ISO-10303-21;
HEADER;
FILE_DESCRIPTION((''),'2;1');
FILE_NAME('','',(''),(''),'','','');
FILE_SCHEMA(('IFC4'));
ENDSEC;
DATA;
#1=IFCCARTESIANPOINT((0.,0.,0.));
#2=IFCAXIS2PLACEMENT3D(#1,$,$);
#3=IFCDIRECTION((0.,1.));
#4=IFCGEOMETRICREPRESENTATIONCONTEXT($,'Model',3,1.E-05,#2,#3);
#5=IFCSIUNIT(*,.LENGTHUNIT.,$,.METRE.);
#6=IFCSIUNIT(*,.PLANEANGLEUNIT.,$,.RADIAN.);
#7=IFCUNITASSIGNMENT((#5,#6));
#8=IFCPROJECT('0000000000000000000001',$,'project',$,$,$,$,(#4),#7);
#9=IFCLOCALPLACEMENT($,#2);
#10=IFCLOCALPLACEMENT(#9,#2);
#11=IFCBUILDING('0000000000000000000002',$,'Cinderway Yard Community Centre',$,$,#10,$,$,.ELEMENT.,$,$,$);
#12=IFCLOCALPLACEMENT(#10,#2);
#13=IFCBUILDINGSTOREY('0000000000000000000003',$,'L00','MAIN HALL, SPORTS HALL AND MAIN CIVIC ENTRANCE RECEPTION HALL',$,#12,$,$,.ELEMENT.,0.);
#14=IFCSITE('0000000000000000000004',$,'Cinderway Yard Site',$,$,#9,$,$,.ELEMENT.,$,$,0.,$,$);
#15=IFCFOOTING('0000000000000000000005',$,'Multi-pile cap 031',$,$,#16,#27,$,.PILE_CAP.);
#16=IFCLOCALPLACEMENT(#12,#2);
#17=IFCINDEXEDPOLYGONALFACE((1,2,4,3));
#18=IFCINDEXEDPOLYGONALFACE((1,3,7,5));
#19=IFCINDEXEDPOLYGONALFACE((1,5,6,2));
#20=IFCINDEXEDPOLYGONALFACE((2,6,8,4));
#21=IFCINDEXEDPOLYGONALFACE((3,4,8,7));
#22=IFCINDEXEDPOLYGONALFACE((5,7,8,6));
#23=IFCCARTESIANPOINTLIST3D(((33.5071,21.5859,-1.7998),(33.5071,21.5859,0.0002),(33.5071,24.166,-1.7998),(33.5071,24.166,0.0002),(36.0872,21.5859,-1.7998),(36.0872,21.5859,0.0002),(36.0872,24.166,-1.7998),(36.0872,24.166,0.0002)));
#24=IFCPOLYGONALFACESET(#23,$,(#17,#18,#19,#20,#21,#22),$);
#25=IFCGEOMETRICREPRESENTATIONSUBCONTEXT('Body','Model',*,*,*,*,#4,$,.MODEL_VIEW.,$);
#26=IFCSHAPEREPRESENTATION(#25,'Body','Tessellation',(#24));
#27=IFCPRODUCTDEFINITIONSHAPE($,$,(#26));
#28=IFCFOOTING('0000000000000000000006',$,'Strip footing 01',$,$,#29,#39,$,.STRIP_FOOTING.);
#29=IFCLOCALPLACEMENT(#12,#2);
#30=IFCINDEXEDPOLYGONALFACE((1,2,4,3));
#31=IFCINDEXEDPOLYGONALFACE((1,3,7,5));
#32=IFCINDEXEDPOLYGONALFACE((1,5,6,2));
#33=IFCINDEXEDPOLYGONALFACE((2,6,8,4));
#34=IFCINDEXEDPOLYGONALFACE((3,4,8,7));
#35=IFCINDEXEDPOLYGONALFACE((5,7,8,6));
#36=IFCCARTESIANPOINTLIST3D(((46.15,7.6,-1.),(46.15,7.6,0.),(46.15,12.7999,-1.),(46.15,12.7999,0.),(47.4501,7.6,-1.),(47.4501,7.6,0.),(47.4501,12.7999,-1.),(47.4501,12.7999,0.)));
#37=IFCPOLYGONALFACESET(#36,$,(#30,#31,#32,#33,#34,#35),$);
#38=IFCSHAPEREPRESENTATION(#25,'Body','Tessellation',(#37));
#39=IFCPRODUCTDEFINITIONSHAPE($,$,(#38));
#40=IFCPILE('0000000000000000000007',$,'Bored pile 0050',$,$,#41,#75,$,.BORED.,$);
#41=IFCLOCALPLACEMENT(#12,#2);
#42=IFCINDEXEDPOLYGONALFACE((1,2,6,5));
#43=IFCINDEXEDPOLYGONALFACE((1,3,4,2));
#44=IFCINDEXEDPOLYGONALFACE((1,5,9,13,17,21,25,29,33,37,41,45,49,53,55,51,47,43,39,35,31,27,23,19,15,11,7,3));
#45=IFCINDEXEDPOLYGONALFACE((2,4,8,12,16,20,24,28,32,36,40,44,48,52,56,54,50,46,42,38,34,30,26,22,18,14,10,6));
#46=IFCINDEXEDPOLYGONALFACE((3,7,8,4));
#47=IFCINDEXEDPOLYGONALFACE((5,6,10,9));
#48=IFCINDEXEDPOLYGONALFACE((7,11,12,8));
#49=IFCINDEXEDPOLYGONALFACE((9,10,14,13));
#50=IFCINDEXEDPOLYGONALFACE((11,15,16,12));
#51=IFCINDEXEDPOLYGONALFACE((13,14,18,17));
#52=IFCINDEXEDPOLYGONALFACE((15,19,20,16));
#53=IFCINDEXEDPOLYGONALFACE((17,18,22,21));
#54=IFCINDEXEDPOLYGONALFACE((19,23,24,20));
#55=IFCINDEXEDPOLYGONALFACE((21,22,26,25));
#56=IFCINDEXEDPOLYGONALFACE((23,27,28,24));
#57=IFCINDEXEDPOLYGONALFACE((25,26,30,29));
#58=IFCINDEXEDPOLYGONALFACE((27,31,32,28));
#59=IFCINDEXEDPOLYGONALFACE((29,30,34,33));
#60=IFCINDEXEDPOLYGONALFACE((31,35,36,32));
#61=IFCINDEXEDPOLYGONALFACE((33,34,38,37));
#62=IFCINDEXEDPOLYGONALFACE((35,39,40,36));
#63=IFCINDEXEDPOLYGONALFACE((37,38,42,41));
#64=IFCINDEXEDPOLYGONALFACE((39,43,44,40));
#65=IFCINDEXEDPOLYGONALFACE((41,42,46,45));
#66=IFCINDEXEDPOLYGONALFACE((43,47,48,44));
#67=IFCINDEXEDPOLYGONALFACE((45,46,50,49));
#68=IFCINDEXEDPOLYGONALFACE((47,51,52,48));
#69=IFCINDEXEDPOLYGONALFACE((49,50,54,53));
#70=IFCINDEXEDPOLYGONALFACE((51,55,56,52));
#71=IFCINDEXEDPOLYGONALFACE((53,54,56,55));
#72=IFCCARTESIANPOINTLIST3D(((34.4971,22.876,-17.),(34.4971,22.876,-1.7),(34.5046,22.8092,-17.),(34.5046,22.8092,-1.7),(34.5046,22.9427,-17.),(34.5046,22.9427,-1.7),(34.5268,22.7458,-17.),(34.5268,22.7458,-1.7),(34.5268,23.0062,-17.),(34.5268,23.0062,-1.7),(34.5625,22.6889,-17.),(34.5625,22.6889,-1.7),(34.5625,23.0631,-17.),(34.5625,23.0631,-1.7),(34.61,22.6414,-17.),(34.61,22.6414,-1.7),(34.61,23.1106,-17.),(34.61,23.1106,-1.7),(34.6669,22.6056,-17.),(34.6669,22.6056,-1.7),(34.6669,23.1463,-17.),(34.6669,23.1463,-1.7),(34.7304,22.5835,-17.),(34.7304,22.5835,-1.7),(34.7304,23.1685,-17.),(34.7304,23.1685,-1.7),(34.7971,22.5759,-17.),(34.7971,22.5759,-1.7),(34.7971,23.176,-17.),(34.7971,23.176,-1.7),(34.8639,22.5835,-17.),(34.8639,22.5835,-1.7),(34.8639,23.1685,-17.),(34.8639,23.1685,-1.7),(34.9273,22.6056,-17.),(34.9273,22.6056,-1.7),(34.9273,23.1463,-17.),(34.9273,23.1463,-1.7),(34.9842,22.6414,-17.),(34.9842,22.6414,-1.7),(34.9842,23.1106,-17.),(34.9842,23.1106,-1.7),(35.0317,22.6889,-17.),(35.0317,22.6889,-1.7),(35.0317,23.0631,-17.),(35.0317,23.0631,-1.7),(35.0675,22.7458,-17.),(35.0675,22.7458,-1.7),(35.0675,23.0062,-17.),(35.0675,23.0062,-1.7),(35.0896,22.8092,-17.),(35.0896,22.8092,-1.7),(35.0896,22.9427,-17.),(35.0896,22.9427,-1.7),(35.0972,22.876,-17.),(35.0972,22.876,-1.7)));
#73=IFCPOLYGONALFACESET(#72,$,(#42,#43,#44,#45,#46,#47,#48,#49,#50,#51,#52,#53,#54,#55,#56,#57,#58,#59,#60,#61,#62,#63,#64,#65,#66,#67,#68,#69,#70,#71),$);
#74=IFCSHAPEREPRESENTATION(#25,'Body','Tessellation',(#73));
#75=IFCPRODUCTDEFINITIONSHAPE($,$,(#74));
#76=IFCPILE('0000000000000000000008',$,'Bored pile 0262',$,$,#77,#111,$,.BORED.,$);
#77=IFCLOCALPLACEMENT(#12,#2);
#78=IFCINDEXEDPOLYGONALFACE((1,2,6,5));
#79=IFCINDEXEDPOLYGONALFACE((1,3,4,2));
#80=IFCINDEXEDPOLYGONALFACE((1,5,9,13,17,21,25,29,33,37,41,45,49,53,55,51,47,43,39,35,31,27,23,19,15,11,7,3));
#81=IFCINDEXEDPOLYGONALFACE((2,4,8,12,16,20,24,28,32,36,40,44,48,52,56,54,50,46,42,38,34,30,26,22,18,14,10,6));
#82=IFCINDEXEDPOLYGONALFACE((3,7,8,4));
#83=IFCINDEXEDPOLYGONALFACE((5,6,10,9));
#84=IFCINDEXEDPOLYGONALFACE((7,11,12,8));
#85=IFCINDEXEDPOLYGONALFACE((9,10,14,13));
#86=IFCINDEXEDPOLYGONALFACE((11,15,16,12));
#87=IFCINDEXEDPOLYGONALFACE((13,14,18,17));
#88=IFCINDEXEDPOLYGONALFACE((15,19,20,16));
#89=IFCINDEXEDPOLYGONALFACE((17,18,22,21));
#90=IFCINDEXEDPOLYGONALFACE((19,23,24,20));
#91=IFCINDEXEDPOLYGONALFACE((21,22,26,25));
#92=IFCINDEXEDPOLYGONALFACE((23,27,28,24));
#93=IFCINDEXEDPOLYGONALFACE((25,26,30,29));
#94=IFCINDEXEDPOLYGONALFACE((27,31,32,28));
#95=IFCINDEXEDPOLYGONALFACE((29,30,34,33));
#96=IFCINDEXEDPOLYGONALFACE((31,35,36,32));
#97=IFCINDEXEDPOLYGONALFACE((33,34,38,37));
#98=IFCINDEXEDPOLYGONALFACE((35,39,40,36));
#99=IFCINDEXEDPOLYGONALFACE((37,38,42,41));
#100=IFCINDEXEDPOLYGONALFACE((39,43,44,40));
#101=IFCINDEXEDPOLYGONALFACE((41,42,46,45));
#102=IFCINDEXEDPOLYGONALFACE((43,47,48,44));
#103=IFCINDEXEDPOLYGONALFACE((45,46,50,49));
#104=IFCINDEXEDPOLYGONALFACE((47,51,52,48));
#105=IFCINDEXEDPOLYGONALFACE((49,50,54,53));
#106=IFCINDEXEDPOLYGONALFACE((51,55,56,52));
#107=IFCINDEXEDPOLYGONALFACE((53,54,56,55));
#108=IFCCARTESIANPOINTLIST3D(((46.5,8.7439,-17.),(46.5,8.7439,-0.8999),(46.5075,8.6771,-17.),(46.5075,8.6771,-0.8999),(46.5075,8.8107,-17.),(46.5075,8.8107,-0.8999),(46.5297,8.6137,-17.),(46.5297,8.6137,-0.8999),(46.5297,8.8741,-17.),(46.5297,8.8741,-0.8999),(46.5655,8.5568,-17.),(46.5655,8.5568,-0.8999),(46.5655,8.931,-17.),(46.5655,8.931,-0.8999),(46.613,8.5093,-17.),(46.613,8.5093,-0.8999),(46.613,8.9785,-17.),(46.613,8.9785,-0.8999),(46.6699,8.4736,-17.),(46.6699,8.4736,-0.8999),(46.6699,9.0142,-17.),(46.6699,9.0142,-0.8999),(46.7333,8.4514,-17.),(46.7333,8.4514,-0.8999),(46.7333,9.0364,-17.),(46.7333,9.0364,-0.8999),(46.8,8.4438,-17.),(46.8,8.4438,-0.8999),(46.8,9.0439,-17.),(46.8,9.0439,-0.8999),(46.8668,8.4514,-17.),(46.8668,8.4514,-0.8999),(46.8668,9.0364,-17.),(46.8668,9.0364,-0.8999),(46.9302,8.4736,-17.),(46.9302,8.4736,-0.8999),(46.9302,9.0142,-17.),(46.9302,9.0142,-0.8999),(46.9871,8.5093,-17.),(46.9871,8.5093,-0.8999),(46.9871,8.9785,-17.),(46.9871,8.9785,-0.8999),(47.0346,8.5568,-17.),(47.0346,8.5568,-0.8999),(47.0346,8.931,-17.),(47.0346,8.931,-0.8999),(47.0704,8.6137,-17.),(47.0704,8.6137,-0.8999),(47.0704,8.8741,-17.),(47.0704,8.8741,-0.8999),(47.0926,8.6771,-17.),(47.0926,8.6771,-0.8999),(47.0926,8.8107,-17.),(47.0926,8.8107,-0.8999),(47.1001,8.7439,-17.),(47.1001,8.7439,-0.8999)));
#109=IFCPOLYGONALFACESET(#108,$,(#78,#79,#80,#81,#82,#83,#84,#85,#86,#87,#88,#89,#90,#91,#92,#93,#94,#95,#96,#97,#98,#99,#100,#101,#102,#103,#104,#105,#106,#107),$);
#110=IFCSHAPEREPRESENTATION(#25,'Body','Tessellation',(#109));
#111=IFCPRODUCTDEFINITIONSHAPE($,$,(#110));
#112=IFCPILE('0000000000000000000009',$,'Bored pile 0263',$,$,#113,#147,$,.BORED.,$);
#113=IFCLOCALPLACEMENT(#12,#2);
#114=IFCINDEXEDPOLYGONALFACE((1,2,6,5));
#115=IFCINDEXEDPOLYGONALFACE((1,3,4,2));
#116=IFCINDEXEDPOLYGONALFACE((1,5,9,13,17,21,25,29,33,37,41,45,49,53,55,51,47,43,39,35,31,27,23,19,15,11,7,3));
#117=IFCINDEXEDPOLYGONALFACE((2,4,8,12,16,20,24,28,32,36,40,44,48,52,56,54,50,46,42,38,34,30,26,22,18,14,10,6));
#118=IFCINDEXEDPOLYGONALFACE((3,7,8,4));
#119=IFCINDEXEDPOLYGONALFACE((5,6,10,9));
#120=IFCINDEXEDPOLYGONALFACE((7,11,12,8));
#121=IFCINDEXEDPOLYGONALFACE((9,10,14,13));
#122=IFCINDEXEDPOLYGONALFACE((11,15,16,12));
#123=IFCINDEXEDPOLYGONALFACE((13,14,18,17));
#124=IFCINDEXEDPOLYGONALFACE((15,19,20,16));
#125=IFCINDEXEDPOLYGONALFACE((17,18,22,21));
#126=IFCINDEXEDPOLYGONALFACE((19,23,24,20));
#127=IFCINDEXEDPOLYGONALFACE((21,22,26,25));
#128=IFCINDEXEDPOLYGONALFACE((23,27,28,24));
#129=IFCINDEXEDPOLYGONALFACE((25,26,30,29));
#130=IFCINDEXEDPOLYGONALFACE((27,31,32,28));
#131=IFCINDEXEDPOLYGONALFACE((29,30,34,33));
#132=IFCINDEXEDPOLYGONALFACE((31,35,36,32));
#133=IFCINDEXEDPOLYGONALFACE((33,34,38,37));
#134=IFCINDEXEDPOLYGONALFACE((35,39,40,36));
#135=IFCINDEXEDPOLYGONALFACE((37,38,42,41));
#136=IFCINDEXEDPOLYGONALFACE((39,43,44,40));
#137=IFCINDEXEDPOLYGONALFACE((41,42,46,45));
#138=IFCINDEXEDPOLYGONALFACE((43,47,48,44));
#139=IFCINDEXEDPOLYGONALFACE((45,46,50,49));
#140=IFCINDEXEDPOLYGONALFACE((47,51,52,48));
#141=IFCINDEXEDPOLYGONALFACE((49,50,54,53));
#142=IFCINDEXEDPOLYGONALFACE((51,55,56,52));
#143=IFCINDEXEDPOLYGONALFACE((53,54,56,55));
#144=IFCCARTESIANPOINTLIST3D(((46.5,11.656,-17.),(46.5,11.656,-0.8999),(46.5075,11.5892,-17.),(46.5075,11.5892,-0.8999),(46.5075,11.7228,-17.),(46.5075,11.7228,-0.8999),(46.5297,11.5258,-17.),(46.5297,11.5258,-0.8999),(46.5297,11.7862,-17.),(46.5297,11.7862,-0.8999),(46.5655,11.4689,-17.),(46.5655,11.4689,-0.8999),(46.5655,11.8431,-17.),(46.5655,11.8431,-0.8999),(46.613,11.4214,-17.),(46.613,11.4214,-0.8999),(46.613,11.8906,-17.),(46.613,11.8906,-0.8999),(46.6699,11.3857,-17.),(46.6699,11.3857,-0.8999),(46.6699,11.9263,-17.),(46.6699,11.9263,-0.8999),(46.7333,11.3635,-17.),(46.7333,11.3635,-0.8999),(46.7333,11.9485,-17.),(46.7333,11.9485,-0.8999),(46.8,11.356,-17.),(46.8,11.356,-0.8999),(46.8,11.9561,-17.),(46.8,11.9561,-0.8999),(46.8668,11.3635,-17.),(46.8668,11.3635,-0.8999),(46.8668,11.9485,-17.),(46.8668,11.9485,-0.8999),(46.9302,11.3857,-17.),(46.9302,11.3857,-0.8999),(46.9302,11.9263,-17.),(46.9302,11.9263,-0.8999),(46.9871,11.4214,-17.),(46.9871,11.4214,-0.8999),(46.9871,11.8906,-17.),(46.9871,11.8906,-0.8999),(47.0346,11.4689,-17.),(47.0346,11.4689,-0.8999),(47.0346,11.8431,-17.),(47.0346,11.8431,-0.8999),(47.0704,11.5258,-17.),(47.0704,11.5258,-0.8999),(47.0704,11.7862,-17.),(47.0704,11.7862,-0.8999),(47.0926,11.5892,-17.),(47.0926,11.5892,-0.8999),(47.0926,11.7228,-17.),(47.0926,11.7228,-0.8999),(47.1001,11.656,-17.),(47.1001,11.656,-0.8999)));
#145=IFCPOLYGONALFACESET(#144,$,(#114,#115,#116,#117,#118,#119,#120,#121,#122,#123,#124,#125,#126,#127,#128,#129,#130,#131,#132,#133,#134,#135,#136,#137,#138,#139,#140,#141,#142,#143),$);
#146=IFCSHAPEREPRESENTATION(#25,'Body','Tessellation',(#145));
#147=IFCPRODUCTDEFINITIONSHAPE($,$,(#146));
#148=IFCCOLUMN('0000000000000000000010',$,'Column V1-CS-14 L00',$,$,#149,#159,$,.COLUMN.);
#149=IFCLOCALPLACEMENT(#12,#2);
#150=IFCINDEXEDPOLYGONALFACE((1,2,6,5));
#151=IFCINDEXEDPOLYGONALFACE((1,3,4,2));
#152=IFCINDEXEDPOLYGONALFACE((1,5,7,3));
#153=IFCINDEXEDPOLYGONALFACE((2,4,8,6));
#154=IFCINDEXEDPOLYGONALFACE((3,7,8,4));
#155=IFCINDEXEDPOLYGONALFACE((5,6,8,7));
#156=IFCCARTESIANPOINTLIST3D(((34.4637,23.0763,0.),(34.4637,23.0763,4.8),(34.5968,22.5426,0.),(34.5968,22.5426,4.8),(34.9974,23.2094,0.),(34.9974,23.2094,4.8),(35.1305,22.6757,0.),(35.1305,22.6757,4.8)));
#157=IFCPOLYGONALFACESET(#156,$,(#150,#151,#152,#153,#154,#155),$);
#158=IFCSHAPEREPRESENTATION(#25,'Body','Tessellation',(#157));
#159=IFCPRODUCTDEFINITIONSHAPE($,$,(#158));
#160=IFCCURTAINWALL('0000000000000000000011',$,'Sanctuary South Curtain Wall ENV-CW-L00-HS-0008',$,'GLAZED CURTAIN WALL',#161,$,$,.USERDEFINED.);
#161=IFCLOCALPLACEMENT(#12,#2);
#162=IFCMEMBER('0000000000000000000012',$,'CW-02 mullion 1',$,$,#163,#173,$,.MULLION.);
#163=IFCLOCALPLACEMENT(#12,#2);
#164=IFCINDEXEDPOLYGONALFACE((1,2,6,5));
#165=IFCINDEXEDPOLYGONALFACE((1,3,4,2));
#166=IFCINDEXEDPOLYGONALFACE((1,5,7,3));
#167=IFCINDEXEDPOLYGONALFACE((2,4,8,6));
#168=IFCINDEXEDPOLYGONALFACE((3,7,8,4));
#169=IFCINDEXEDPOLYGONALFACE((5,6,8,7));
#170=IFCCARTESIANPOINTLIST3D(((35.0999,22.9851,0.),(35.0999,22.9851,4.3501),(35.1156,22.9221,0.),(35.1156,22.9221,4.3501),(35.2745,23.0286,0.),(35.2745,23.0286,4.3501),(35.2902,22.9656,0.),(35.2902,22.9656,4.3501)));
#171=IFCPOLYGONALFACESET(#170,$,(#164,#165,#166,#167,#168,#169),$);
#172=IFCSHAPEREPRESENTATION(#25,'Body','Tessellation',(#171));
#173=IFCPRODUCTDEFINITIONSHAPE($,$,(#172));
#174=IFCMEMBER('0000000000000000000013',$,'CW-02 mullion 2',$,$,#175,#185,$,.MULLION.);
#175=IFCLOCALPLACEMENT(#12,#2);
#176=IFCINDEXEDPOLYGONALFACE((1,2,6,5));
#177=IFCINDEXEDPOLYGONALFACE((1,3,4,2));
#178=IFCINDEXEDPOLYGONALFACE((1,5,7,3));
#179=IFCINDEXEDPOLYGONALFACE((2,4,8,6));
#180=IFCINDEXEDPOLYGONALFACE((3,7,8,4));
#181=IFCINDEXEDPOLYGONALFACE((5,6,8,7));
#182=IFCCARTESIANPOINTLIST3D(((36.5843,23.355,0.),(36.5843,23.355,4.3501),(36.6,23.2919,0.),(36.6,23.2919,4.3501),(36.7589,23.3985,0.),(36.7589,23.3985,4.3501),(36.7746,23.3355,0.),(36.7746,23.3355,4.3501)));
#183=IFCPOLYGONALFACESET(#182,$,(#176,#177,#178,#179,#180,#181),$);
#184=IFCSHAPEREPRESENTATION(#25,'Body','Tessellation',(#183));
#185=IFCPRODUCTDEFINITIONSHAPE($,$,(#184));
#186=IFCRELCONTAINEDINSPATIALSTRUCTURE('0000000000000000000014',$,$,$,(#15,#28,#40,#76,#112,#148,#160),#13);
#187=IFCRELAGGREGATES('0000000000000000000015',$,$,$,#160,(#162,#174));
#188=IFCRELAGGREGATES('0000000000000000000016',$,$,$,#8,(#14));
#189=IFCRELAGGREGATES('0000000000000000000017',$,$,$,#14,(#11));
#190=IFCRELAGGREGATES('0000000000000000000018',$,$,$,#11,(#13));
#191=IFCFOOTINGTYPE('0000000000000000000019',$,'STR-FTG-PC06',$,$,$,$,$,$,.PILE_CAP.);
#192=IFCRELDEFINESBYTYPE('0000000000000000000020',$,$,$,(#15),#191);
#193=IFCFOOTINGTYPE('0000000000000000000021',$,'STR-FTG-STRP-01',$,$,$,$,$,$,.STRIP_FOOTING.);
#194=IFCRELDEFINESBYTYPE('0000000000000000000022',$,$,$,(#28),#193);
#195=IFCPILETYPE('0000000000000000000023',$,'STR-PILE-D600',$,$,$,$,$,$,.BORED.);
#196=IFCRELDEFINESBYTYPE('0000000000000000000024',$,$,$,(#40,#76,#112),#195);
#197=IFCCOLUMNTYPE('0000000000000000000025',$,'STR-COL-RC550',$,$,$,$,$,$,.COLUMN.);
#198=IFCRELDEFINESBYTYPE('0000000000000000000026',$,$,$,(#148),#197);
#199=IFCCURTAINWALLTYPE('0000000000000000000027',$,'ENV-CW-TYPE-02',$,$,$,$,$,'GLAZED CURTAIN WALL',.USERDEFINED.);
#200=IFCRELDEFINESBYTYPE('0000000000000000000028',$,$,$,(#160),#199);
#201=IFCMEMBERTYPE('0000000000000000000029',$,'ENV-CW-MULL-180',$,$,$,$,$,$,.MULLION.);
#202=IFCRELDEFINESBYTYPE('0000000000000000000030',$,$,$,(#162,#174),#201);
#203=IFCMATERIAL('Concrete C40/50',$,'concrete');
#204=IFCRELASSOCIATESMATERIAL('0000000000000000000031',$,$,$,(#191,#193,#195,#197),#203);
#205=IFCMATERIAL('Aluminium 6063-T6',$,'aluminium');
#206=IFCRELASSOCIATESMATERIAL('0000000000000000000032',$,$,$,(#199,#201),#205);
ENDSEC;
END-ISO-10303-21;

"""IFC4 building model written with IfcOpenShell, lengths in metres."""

from ifc_helpers import new_model, si_unit, direction, frame, origin, origin_2d, place, context, subcontext, project, spatial, rectangle, circle, extrude, material, material_profile, profile_set, type_object, element, aggregate, save


model = new_model("IFC4")

# Units and contexts
model_context = context("Model", 3, precision=1e-05, world=origin(), true_north=direction((0.0, 1.0)))
body_context = subcontext(model_context, "Body", "Model", "MODEL_VIEW")
ifc_project = project(units=[si_unit("LENGTHUNIT", "METRE"), si_unit("PLANEANGLEUNIT", "RADIAN")], contexts=[model_context])

# Site, building, storey
site_placement = place(None, origin())
site = spatial("IfcSite", under=ifc_project, at=site_placement, Name="Cinderway Yard Site", CompositionType="ELEMENT", RefElevation=0.0)
building_placement = place(site_placement, origin())
building = spatial("IfcBuilding", under=site, at=building_placement, Name="Cinderway Yard Community Centre", CompositionType="ELEMENT")
storey_placement = place(building_placement, origin())
storey = spatial("IfcBuildingStorey", under=building, at=storey_placement, Name="L00", Description="MAIN HALL, SPORTS HALL AND MAIN CIVIC ENTRANCE RECEPTION HALL", CompositionType="ELEMENT", Elevation=0.0)

# Footings
ifc_material_1 = material(Name="Concrete C40/50", Category="concrete")
footing_type_1 = type_object("IfcFootingType", Name="STR-FTG-PC06", PredefinedType="PILE_CAP", material=ifc_material_1)
footing_1_placement = place(storey_placement, frame((34.7971, 22.876, -1.7998), z_axis=(0.0, 0.0, 1.0), x_axis=(1.0, 0.0, 0.0)))
element("IfcFooting", 1, at=footing_1_placement, inside=storey, type_object=footing_type_1, Name="Multi-pile cap 031", PredefinedType="PILE_CAP", context=body_context, shape_type="SweptSolid", body=[
    extrude(rectangle(XDim=2.5801, YDim=2.5801, at=origin_2d()), origin(), (0.0, 0.0, 1.0), 1.8),
])
footing_type_2 = type_object("IfcFootingType", Name="STR-FTG-STRP-01", PredefinedType="STRIP_FOOTING", material=ifc_material_1)
footing_2_placement = place(storey_placement, frame((46.8, 10.2, -1.0), z_axis=(0.0, 0.0, 1.0), x_axis=(1.0, 0.0, 0.0)))
element("IfcFooting", 2, at=footing_2_placement, inside=storey, type_object=footing_type_2, Name="Strip footing 01", PredefinedType="STRIP_FOOTING", context=body_context, shape_type="SweptSolid", body=[
    extrude(rectangle(XDim=1.3, YDim=5.2, at=origin_2d()), origin(), (0.0, 0.0, 1.0), 1.0),
])

# Piles
ifc_material_profile_1 = material_profile(ifc_material_1, circle(Radius=0.3, at=origin_2d()), Name="Concrete C40/50")
ifc_profile_set_1 = profile_set([ifc_material_profile_1], Name="Concrete C40/50")
pile_type = type_object("IfcPileType", Name="STR-PILE-D600", PredefinedType="BORED", material=ifc_profile_set_1)
pile_placement = place(storey_placement, frame((34.7971, 22.876, -1.7), z_axis=(0.0, 0.0, -1.0), x_axis=(1.0, 0.0, 0.0)))
element("IfcPile", 3, at=pile_placement, inside=storey, type_object=pile_type, Name="Bored pile 0050", PredefinedType="BORED", context=body_context, shape_type="SweptSolid", body=[
    extrude(circle(Radius=0.3, at=origin_2d()), origin(), (0.0, 0.0, 1.0), 15.3),
])
for number, where, z_axis, x_axis, name in (
    (4, (46.8, 8.7439, -0.8999), (0.0, 0.0, -1.0), (1.0, 0.0, 0.0), "Bored pile 0262"),
    (5, (46.8, 11.656, -0.8999), (0.0, 0.0, -1.0), (1.0, 0.0, 0.0), "Bored pile 0263"),
):
    element("IfcPile", number, at=place(storey_placement, frame(where, z_axis=z_axis, x_axis=x_axis)), inside=storey, type_object=pile_type, Name=name, PredefinedType="BORED", context=body_context, shape_type="SweptSolid", body=[
        extrude(circle(Radius=0.3, at=origin_2d()), origin(), (0.0, 0.0, 1.0), 16.1001),
    ])

# Column
ifc_material_profile_2 = material_profile(ifc_material_1, rectangle(XDim=0.55, YDim=0.55, at=origin_2d()), Name="Concrete C40/50")
ifc_profile_set_2 = profile_set([ifc_material_profile_2], Name="Concrete C40/50")
column_type = type_object("IfcColumnType", Name="STR-COL-RC550", PredefinedType="COLUMN", material=ifc_profile_set_2)
column_placement = place(storey_placement, frame((34.7971, 22.876, 0.0), z_axis=(0.0, 0.0, 1.0), x_axis=(0.970296, 0.241922, 0.0)))
element("IfcColumn", 6, at=column_placement, inside=storey, type_object=column_type, Name="Column V1-CS-14 L00", PredefinedType="COLUMN", context=body_context, shape_type="SweptSolid", body=[
    extrude(rectangle(XDim=0.55, YDim=0.55, at=origin_2d()), origin(), (0.0, 0.0, 1.0), 4.8),
])

# Curtain wall, members
ifc_material_2 = material(Name="Aluminium 6063-T6", Category="aluminium")
curtain_wall_type = type_object("IfcCurtainWallType", Name="ENV-CW-TYPE-02", ElementType="GLAZED CURTAIN WALL", PredefinedType="USERDEFINED", material=ifc_material_2)
curtain_wall_placement = place(storey_placement, origin())
curtain_wall = element("IfcCurtainWall", 7, at=curtain_wall_placement, inside=storey, type_object=curtain_wall_type, Name="Sanctuary South Curtain Wall ENV-CW-L00-HS-0008", ObjectType="GLAZED CURTAIN WALL", PredefinedType="USERDEFINED")
ifc_material_profile_3 = material_profile(ifc_material_2, rectangle(XDim=0.0649, YDim=0.1799, at=origin_2d()), Name="Aluminium 6063-T6")
ifc_profile_set_3 = profile_set([ifc_material_profile_3], Name="Aluminium 6063-T6")
member_type_1 = type_object("IfcMemberType", Name="ENV-CW-MULL-180", PredefinedType="MULLION", material=ifc_profile_set_3)
member_1_placement = place(storey_placement, frame((35.1951, 22.9753, 0.0), z_axis=(0.0, 0.0, 1.0), x_axis=(-0.241857, 0.970312, 0.0)))
member_1 = element("IfcMember", 8, at=member_1_placement, type_object=member_type_1, Name="CW-02 mullion 1", PredefinedType="MULLION", context=body_context, shape_type="SweptSolid", body=[
    extrude(rectangle(XDim=0.0649, YDim=0.1799, at=origin_2d()), origin(), (0.0, 0.0, 1.0), 4.3501),
])
member_2_placement = place(storey_placement, frame((36.6794, 23.3452, 0.0), z_axis=(0.0, 0.0, 1.0), x_axis=(-0.241857, 0.970312, 0.0)))
member_2 = element("IfcMember", 9, at=member_2_placement, type_object=member_type_1, Name="CW-02 mullion 2", PredefinedType="MULLION", context=body_context, shape_type="SweptSolid", body=[
    extrude(rectangle(XDim=0.0649, YDim=0.1799, at=origin_2d()), origin(), (0.0, 0.0, 1.0), 4.3501),
])
aggregate(curtain_wall, [member_1, member_2])

save(model, "model.ifc")
